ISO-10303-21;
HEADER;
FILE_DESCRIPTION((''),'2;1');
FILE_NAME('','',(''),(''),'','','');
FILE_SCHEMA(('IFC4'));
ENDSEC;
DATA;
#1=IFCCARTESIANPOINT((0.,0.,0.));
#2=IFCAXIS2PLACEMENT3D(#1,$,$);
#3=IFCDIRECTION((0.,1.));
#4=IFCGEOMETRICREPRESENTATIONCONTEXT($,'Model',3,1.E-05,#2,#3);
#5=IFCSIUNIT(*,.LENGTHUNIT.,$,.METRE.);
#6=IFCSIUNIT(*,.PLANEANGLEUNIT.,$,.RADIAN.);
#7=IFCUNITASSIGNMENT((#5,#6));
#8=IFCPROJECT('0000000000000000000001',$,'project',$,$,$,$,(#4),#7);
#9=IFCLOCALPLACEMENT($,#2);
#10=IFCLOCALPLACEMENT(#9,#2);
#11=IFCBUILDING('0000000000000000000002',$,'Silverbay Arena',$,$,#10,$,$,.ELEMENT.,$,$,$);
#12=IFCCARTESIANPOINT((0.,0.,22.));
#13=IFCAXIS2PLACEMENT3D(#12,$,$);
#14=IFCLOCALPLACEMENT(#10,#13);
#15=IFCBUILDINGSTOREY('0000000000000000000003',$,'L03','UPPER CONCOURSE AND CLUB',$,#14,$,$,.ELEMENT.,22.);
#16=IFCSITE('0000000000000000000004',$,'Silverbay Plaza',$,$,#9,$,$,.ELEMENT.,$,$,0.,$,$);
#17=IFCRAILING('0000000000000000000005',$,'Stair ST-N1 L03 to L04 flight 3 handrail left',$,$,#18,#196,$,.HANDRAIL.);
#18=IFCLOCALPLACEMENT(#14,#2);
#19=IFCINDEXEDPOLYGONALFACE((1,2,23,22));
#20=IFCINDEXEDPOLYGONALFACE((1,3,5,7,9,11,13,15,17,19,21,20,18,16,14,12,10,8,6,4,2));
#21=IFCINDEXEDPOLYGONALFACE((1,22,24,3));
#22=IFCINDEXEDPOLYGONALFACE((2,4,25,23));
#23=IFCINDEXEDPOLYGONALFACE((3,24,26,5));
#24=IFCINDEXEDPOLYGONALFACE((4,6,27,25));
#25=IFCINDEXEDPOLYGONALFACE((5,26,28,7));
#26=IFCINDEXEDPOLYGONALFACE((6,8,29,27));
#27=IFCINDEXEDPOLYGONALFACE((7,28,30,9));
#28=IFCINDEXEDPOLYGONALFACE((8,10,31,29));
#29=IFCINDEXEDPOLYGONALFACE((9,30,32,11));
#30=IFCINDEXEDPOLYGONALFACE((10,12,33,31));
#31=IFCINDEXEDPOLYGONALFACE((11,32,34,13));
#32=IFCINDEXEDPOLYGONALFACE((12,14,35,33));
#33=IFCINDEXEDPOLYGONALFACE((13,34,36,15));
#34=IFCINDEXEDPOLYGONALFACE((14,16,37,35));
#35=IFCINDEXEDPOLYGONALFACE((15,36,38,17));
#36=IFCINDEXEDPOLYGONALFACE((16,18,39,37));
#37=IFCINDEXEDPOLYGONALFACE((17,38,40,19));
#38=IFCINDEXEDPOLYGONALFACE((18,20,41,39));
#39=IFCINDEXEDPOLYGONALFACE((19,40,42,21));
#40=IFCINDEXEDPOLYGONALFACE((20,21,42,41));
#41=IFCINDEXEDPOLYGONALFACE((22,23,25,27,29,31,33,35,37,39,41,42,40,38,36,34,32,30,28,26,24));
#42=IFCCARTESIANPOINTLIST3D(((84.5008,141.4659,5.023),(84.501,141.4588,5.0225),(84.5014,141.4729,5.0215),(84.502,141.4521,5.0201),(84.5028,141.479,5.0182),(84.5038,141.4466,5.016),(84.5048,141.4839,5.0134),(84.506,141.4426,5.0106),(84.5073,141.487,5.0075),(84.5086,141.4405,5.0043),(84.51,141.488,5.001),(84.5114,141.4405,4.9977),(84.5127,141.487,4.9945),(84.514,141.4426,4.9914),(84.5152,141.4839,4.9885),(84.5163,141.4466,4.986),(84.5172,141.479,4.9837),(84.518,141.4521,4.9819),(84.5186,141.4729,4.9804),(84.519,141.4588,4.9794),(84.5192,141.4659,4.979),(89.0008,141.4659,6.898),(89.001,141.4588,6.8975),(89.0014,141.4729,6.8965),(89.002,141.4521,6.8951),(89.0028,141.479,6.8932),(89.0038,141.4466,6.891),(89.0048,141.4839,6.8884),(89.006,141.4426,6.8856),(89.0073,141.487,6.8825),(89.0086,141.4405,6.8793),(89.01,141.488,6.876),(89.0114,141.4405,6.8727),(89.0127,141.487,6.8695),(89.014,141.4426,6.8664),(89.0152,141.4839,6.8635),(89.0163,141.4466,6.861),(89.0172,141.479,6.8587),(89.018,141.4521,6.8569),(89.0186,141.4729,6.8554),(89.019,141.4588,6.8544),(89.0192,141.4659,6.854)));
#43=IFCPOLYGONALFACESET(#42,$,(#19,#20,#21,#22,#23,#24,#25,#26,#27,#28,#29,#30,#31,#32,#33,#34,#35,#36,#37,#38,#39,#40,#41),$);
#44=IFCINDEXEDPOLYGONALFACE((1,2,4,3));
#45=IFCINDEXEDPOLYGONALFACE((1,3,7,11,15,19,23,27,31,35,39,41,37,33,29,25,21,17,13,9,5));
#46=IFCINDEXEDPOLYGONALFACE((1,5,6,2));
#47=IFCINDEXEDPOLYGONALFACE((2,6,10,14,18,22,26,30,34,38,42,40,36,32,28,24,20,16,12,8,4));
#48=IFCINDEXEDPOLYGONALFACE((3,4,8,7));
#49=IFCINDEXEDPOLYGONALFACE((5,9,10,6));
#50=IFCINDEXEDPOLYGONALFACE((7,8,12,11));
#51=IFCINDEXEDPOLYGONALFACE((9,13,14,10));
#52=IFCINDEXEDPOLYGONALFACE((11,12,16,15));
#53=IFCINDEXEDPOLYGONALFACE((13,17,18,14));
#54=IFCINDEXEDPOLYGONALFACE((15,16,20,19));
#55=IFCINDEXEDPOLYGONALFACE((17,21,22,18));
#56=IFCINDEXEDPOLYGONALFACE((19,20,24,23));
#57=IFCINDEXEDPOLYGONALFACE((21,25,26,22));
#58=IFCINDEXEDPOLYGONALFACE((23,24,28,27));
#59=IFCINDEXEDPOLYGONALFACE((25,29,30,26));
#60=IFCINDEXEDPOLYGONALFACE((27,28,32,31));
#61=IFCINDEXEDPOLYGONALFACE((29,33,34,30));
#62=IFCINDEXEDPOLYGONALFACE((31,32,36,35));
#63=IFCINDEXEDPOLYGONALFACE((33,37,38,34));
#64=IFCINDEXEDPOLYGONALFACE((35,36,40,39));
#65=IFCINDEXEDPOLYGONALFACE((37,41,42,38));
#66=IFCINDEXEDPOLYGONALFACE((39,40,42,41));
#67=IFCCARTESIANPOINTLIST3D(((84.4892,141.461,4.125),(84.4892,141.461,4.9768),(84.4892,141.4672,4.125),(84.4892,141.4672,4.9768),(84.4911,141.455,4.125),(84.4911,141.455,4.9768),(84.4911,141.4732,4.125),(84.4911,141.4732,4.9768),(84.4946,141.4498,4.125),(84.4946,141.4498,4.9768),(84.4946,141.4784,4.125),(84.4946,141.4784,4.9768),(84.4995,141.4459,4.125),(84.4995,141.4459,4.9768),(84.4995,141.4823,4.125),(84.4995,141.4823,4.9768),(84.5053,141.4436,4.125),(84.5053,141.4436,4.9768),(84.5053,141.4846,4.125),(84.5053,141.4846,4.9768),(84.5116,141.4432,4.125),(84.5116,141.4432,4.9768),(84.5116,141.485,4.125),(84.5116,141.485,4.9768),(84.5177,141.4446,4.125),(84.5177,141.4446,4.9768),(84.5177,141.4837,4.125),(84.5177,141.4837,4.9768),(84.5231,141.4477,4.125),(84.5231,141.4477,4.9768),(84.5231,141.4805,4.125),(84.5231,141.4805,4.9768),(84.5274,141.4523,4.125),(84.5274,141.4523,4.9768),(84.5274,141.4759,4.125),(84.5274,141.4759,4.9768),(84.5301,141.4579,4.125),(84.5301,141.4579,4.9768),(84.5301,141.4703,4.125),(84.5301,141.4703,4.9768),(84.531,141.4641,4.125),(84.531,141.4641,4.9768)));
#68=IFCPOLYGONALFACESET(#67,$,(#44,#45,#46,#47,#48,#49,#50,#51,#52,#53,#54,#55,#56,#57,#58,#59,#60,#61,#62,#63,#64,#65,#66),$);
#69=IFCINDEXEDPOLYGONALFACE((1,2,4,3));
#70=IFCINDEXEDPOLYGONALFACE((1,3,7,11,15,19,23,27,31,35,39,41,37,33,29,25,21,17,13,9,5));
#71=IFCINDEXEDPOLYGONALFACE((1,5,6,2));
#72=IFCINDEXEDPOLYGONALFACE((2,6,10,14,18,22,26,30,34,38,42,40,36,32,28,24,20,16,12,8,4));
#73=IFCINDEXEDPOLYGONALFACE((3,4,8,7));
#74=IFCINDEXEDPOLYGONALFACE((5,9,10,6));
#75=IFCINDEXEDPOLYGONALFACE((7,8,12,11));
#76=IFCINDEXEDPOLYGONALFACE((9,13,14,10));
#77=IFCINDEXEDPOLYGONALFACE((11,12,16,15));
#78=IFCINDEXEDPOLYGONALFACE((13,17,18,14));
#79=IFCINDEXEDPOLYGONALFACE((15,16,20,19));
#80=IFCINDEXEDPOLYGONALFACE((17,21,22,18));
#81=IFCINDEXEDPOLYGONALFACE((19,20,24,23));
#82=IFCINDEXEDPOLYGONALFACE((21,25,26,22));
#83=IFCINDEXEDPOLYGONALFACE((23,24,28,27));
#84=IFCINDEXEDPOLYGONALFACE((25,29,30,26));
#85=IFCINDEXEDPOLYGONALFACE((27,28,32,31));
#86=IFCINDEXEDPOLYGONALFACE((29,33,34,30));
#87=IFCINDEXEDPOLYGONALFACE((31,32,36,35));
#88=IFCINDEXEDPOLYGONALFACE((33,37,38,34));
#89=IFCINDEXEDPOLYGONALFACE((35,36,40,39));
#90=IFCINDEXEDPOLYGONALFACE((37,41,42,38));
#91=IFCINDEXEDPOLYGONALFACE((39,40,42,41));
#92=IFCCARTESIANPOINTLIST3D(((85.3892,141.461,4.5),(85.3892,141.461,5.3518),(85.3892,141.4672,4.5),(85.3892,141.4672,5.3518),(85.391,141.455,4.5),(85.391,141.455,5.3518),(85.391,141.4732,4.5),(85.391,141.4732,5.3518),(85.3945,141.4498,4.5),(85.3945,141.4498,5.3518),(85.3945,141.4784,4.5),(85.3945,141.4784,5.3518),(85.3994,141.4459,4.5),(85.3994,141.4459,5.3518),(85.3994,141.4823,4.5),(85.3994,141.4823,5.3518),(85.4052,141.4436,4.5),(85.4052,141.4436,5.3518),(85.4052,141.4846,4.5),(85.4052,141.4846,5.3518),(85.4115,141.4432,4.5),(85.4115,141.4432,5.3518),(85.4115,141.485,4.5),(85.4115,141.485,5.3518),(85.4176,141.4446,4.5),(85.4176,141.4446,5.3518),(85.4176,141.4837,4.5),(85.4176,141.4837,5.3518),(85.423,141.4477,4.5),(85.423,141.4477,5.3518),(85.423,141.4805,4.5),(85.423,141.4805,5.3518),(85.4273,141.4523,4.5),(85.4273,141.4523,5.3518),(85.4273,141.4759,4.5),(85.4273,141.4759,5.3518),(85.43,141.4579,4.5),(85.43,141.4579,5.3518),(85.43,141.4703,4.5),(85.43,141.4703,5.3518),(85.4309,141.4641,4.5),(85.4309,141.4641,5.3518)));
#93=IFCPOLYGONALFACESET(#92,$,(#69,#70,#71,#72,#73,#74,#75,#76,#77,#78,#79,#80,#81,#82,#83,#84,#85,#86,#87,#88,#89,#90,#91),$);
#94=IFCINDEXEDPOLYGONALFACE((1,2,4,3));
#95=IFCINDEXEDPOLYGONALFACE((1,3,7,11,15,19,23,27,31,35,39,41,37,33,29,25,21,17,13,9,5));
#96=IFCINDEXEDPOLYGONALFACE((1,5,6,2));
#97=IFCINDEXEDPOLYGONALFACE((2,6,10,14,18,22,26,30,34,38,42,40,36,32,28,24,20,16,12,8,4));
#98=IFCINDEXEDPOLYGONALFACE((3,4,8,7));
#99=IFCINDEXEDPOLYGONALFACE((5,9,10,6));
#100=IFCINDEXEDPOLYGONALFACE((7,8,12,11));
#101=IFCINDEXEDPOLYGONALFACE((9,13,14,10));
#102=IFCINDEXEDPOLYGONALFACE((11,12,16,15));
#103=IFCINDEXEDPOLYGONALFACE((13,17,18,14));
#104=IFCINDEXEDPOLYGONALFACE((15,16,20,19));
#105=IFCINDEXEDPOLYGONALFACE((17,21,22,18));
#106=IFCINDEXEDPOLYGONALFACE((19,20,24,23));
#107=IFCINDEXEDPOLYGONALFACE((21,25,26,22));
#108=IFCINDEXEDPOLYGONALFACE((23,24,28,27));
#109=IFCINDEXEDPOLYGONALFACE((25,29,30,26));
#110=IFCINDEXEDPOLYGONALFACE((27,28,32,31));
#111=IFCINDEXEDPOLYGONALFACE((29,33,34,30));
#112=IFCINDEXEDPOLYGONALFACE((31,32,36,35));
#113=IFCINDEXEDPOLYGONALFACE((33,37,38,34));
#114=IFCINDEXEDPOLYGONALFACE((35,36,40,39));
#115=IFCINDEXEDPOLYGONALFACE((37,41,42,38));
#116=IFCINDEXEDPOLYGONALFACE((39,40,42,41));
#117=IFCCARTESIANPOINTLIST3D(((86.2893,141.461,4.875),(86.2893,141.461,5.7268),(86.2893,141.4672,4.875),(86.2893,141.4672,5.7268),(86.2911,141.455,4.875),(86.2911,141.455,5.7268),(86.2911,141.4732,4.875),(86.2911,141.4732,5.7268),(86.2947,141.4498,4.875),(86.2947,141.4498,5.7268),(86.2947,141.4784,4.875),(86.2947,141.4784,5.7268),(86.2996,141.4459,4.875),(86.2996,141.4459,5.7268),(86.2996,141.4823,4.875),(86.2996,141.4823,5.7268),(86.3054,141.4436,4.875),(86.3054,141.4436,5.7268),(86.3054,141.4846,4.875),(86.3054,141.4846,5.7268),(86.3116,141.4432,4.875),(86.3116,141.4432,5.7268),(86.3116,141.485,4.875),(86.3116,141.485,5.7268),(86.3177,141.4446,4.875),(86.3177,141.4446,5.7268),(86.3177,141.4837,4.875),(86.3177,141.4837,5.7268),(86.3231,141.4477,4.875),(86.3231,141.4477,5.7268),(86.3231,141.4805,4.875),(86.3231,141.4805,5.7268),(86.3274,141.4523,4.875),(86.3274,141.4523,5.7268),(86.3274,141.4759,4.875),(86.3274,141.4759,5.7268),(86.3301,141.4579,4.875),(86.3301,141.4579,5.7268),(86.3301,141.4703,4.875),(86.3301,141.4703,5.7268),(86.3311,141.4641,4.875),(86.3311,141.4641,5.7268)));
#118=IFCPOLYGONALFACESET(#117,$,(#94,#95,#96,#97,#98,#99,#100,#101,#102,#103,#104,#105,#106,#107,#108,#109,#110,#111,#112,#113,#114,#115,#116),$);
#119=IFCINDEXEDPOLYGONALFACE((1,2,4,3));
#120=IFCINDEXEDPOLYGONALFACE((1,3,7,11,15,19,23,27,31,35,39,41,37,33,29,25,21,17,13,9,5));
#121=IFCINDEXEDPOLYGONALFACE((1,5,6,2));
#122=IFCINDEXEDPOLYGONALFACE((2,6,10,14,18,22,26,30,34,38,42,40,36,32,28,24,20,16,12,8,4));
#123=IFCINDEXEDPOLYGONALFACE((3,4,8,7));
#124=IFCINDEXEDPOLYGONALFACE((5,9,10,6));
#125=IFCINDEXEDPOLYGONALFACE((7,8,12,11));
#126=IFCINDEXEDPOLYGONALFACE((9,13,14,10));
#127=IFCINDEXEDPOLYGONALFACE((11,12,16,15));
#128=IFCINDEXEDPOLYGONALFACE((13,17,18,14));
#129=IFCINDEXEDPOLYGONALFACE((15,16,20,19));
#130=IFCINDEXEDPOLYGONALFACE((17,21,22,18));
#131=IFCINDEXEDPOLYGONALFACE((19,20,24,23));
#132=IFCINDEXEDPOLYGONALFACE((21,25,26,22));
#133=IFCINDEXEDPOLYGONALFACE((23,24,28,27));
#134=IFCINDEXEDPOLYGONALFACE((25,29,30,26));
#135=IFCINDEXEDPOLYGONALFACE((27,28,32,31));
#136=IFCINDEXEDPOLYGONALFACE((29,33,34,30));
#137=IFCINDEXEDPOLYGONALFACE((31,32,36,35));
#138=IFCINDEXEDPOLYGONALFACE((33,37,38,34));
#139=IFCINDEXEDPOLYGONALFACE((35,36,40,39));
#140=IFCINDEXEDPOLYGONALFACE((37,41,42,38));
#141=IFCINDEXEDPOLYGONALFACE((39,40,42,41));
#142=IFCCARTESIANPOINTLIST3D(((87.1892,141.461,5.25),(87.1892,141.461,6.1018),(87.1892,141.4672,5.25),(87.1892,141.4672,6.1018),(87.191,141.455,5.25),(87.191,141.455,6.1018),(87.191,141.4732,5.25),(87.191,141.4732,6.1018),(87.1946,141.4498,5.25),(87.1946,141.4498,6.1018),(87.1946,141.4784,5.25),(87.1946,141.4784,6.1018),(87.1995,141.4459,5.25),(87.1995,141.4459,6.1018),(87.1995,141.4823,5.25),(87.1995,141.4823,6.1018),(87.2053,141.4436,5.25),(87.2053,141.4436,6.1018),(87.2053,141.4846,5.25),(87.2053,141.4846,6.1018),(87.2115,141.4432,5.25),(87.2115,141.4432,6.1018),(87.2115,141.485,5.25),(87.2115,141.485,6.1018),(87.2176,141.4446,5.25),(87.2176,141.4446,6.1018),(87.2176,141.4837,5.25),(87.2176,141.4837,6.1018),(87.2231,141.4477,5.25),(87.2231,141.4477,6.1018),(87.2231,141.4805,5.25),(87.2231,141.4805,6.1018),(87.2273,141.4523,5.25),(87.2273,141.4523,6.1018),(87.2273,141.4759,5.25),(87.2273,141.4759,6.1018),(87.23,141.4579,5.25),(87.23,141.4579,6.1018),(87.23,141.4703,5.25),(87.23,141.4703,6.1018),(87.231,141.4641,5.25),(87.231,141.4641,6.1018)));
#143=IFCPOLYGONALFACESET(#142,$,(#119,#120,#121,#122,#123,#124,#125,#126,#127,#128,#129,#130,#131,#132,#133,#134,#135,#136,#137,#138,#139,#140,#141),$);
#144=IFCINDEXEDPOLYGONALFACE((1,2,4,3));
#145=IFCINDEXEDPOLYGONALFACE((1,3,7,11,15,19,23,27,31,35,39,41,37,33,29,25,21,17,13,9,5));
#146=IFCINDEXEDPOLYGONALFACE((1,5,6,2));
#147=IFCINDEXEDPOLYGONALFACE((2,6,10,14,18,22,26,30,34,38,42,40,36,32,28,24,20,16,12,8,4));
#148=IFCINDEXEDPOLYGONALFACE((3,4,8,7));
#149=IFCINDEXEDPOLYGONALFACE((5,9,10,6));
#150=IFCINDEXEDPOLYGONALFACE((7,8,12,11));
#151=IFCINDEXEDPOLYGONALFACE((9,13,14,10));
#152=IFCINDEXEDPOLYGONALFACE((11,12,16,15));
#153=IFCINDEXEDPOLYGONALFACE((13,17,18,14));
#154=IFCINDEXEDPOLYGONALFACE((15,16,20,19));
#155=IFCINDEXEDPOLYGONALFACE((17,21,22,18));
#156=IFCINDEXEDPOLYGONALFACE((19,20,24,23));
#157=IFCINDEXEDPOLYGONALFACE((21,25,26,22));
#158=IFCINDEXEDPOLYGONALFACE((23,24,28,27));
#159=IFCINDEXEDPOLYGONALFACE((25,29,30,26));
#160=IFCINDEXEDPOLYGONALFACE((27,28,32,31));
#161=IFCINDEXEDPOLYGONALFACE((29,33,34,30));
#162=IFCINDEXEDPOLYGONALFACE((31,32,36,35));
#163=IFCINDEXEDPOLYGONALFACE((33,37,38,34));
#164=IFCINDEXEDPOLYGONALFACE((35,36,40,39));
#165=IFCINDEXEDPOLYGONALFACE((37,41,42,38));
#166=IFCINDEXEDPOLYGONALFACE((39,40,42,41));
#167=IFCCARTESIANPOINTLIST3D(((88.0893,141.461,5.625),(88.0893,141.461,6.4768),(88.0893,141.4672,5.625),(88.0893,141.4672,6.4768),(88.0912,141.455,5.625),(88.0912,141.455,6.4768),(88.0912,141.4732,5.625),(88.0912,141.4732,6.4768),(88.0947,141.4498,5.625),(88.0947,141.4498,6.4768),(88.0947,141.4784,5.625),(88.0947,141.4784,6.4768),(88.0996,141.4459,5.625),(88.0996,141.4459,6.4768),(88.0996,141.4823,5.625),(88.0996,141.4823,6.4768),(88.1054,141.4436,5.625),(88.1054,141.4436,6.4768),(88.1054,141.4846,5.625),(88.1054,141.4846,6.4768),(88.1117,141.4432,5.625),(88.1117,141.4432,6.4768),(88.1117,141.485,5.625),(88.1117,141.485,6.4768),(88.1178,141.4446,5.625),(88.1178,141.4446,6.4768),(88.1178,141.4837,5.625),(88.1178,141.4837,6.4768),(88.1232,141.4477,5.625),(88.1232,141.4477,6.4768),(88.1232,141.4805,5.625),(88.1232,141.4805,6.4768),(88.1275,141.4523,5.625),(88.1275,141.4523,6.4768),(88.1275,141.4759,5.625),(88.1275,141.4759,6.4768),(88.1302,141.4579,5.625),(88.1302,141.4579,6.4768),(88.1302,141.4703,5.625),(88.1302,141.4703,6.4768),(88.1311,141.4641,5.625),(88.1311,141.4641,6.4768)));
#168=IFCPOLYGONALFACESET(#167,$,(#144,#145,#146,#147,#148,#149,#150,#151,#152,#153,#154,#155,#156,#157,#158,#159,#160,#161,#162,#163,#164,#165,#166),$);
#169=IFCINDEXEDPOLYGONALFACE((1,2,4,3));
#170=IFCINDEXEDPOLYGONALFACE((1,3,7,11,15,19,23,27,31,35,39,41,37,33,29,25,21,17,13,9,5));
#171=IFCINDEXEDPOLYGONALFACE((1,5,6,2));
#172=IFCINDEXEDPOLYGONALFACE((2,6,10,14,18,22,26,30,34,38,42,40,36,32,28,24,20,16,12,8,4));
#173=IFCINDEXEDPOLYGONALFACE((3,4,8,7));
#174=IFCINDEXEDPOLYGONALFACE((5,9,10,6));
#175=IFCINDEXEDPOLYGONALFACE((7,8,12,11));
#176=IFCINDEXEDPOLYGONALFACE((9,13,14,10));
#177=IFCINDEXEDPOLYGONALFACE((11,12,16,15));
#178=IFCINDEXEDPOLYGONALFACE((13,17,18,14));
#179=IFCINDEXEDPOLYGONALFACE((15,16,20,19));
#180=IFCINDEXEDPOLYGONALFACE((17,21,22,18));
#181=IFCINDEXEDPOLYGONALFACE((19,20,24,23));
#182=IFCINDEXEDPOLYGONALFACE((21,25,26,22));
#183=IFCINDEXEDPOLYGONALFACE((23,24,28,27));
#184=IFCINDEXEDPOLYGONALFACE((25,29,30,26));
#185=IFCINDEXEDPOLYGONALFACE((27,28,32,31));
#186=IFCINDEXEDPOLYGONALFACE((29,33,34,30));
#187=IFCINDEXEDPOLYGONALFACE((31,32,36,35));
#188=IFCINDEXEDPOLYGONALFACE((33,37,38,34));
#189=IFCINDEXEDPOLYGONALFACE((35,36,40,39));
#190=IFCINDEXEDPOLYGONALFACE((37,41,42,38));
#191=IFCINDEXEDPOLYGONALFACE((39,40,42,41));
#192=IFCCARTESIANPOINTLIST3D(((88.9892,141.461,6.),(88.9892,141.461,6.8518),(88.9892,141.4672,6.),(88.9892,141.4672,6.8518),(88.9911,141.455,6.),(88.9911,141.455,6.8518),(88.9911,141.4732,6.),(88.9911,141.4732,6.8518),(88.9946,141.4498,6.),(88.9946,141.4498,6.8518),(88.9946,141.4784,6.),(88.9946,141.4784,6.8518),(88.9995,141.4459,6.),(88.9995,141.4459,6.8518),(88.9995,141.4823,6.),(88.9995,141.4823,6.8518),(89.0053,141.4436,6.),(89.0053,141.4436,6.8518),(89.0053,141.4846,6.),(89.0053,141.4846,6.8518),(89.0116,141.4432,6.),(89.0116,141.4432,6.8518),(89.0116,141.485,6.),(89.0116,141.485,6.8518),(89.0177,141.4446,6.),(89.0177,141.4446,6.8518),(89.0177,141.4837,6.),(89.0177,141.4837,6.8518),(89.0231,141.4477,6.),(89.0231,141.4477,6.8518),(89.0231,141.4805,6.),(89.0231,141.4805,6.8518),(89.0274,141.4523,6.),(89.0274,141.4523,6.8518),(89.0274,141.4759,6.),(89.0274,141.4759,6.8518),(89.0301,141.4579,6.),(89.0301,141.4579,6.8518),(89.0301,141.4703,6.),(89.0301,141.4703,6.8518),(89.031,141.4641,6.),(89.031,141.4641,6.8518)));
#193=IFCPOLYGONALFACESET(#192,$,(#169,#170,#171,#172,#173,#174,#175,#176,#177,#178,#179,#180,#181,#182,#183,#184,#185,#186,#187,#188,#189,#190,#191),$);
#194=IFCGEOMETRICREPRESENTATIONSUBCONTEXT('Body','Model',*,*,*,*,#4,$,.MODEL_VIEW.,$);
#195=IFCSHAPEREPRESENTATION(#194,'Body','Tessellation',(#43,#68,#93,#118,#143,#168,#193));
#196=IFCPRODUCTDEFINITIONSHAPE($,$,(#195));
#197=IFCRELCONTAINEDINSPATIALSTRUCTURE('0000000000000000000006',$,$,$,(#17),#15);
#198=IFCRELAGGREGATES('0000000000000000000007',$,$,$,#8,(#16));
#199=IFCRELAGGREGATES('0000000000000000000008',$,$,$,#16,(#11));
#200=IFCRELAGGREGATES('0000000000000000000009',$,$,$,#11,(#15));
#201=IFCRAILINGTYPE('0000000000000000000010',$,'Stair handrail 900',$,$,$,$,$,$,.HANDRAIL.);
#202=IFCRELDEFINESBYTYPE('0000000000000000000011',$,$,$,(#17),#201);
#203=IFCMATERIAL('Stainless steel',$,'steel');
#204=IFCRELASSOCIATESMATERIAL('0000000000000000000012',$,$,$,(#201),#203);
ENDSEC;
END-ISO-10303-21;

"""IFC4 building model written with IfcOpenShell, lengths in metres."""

from ifc_helpers import new_model, si_unit, direction, frame, origin, origin_2d, place, context, subcontext, project, spatial, circle, extrude, material, type_object, element, save


model = new_model("IFC4")

# Units and contexts
model_context = context("Model", 3, precision=1e-05, world=origin(), true_north=direction((0.0, 1.0)))
body_context = subcontext(model_context, "Body", "Model", "MODEL_VIEW")
ifc_project = project(units=[si_unit("LENGTHUNIT", "METRE"), si_unit("PLANEANGLEUNIT", "RADIAN")], contexts=[model_context])

# Site, building, storey
site_placement = place(None, origin())
site = spatial("IfcSite", under=ifc_project, at=site_placement, Name="Silverbay Plaza", CompositionType="ELEMENT", RefElevation=0.0)
building_placement = place(site_placement, origin())
building = spatial("IfcBuilding", under=site, at=building_placement, Name="Silverbay Arena", CompositionType="ELEMENT")
storey_placement = place(building_placement, frame((0.0, 0.0, 22.0)))
storey = spatial("IfcBuildingStorey", under=building, at=storey_placement, Name="L03", Description="UPPER CONCOURSE AND CLUB", CompositionType="ELEMENT", Elevation=22.0)

# Railing
ifc_material_1 = material(Name="Stainless steel", Category="steel")
railing_type_1 = type_object("IfcRailingType", Name="Stair handrail 900", PredefinedType="HANDRAIL", material=ifc_material_1)
for number, where, name in (
    (1, (84.51, 141.4641, 4.125), "Stair ST-N1 L03 to L04 flight 3 handrail left"),
):
    element("IfcRailing", number, at=place(storey_placement, frame(where)), inside=storey, type_object=railing_type_1, Name=name, PredefinedType="HANDRAIL", context=body_context, shape_type="SweptSolid", body=[
        extrude(circle(Radius=0.0239, at=origin_2d()), frame((0.0, 0.0, 0.876), z_axis=(0.923077, 0.0, 0.384615), x_axis=(0.0, 1.0, 0.0)), (0.0, 0.0, 1.0), 4.875),
        extrude(circle(Radius=0.021, at=origin_2d()), origin(), (0.0, 0.0, 1.0), 0.8518),
        extrude(circle(Radius=0.021, at=origin_2d()), frame((0.8999, 0.0, 0.375)), (0.0, 0.0, 1.0), 0.8518),
        extrude(circle(Radius=0.021, at=origin_2d()), frame((1.8, 0.0, 0.75)), (0.0, 0.0, 1.0), 0.8518),
        extrude(circle(Radius=0.021, at=origin_2d()), frame((2.7, 0.0, 1.125)), (0.0, 0.0, 1.0), 0.8518),
        extrude(circle(Radius=0.021, at=origin_2d()), frame((3.6001, 0.0, 1.5)), (0.0, 0.0, 1.0), 0.8518),
        extrude(circle(Radius=0.021, at=origin_2d()), frame((4.5, 0.0, 1.875)), (0.0, 0.0, 1.0), 0.8518),
    ])

save(model, "model.ifc")
